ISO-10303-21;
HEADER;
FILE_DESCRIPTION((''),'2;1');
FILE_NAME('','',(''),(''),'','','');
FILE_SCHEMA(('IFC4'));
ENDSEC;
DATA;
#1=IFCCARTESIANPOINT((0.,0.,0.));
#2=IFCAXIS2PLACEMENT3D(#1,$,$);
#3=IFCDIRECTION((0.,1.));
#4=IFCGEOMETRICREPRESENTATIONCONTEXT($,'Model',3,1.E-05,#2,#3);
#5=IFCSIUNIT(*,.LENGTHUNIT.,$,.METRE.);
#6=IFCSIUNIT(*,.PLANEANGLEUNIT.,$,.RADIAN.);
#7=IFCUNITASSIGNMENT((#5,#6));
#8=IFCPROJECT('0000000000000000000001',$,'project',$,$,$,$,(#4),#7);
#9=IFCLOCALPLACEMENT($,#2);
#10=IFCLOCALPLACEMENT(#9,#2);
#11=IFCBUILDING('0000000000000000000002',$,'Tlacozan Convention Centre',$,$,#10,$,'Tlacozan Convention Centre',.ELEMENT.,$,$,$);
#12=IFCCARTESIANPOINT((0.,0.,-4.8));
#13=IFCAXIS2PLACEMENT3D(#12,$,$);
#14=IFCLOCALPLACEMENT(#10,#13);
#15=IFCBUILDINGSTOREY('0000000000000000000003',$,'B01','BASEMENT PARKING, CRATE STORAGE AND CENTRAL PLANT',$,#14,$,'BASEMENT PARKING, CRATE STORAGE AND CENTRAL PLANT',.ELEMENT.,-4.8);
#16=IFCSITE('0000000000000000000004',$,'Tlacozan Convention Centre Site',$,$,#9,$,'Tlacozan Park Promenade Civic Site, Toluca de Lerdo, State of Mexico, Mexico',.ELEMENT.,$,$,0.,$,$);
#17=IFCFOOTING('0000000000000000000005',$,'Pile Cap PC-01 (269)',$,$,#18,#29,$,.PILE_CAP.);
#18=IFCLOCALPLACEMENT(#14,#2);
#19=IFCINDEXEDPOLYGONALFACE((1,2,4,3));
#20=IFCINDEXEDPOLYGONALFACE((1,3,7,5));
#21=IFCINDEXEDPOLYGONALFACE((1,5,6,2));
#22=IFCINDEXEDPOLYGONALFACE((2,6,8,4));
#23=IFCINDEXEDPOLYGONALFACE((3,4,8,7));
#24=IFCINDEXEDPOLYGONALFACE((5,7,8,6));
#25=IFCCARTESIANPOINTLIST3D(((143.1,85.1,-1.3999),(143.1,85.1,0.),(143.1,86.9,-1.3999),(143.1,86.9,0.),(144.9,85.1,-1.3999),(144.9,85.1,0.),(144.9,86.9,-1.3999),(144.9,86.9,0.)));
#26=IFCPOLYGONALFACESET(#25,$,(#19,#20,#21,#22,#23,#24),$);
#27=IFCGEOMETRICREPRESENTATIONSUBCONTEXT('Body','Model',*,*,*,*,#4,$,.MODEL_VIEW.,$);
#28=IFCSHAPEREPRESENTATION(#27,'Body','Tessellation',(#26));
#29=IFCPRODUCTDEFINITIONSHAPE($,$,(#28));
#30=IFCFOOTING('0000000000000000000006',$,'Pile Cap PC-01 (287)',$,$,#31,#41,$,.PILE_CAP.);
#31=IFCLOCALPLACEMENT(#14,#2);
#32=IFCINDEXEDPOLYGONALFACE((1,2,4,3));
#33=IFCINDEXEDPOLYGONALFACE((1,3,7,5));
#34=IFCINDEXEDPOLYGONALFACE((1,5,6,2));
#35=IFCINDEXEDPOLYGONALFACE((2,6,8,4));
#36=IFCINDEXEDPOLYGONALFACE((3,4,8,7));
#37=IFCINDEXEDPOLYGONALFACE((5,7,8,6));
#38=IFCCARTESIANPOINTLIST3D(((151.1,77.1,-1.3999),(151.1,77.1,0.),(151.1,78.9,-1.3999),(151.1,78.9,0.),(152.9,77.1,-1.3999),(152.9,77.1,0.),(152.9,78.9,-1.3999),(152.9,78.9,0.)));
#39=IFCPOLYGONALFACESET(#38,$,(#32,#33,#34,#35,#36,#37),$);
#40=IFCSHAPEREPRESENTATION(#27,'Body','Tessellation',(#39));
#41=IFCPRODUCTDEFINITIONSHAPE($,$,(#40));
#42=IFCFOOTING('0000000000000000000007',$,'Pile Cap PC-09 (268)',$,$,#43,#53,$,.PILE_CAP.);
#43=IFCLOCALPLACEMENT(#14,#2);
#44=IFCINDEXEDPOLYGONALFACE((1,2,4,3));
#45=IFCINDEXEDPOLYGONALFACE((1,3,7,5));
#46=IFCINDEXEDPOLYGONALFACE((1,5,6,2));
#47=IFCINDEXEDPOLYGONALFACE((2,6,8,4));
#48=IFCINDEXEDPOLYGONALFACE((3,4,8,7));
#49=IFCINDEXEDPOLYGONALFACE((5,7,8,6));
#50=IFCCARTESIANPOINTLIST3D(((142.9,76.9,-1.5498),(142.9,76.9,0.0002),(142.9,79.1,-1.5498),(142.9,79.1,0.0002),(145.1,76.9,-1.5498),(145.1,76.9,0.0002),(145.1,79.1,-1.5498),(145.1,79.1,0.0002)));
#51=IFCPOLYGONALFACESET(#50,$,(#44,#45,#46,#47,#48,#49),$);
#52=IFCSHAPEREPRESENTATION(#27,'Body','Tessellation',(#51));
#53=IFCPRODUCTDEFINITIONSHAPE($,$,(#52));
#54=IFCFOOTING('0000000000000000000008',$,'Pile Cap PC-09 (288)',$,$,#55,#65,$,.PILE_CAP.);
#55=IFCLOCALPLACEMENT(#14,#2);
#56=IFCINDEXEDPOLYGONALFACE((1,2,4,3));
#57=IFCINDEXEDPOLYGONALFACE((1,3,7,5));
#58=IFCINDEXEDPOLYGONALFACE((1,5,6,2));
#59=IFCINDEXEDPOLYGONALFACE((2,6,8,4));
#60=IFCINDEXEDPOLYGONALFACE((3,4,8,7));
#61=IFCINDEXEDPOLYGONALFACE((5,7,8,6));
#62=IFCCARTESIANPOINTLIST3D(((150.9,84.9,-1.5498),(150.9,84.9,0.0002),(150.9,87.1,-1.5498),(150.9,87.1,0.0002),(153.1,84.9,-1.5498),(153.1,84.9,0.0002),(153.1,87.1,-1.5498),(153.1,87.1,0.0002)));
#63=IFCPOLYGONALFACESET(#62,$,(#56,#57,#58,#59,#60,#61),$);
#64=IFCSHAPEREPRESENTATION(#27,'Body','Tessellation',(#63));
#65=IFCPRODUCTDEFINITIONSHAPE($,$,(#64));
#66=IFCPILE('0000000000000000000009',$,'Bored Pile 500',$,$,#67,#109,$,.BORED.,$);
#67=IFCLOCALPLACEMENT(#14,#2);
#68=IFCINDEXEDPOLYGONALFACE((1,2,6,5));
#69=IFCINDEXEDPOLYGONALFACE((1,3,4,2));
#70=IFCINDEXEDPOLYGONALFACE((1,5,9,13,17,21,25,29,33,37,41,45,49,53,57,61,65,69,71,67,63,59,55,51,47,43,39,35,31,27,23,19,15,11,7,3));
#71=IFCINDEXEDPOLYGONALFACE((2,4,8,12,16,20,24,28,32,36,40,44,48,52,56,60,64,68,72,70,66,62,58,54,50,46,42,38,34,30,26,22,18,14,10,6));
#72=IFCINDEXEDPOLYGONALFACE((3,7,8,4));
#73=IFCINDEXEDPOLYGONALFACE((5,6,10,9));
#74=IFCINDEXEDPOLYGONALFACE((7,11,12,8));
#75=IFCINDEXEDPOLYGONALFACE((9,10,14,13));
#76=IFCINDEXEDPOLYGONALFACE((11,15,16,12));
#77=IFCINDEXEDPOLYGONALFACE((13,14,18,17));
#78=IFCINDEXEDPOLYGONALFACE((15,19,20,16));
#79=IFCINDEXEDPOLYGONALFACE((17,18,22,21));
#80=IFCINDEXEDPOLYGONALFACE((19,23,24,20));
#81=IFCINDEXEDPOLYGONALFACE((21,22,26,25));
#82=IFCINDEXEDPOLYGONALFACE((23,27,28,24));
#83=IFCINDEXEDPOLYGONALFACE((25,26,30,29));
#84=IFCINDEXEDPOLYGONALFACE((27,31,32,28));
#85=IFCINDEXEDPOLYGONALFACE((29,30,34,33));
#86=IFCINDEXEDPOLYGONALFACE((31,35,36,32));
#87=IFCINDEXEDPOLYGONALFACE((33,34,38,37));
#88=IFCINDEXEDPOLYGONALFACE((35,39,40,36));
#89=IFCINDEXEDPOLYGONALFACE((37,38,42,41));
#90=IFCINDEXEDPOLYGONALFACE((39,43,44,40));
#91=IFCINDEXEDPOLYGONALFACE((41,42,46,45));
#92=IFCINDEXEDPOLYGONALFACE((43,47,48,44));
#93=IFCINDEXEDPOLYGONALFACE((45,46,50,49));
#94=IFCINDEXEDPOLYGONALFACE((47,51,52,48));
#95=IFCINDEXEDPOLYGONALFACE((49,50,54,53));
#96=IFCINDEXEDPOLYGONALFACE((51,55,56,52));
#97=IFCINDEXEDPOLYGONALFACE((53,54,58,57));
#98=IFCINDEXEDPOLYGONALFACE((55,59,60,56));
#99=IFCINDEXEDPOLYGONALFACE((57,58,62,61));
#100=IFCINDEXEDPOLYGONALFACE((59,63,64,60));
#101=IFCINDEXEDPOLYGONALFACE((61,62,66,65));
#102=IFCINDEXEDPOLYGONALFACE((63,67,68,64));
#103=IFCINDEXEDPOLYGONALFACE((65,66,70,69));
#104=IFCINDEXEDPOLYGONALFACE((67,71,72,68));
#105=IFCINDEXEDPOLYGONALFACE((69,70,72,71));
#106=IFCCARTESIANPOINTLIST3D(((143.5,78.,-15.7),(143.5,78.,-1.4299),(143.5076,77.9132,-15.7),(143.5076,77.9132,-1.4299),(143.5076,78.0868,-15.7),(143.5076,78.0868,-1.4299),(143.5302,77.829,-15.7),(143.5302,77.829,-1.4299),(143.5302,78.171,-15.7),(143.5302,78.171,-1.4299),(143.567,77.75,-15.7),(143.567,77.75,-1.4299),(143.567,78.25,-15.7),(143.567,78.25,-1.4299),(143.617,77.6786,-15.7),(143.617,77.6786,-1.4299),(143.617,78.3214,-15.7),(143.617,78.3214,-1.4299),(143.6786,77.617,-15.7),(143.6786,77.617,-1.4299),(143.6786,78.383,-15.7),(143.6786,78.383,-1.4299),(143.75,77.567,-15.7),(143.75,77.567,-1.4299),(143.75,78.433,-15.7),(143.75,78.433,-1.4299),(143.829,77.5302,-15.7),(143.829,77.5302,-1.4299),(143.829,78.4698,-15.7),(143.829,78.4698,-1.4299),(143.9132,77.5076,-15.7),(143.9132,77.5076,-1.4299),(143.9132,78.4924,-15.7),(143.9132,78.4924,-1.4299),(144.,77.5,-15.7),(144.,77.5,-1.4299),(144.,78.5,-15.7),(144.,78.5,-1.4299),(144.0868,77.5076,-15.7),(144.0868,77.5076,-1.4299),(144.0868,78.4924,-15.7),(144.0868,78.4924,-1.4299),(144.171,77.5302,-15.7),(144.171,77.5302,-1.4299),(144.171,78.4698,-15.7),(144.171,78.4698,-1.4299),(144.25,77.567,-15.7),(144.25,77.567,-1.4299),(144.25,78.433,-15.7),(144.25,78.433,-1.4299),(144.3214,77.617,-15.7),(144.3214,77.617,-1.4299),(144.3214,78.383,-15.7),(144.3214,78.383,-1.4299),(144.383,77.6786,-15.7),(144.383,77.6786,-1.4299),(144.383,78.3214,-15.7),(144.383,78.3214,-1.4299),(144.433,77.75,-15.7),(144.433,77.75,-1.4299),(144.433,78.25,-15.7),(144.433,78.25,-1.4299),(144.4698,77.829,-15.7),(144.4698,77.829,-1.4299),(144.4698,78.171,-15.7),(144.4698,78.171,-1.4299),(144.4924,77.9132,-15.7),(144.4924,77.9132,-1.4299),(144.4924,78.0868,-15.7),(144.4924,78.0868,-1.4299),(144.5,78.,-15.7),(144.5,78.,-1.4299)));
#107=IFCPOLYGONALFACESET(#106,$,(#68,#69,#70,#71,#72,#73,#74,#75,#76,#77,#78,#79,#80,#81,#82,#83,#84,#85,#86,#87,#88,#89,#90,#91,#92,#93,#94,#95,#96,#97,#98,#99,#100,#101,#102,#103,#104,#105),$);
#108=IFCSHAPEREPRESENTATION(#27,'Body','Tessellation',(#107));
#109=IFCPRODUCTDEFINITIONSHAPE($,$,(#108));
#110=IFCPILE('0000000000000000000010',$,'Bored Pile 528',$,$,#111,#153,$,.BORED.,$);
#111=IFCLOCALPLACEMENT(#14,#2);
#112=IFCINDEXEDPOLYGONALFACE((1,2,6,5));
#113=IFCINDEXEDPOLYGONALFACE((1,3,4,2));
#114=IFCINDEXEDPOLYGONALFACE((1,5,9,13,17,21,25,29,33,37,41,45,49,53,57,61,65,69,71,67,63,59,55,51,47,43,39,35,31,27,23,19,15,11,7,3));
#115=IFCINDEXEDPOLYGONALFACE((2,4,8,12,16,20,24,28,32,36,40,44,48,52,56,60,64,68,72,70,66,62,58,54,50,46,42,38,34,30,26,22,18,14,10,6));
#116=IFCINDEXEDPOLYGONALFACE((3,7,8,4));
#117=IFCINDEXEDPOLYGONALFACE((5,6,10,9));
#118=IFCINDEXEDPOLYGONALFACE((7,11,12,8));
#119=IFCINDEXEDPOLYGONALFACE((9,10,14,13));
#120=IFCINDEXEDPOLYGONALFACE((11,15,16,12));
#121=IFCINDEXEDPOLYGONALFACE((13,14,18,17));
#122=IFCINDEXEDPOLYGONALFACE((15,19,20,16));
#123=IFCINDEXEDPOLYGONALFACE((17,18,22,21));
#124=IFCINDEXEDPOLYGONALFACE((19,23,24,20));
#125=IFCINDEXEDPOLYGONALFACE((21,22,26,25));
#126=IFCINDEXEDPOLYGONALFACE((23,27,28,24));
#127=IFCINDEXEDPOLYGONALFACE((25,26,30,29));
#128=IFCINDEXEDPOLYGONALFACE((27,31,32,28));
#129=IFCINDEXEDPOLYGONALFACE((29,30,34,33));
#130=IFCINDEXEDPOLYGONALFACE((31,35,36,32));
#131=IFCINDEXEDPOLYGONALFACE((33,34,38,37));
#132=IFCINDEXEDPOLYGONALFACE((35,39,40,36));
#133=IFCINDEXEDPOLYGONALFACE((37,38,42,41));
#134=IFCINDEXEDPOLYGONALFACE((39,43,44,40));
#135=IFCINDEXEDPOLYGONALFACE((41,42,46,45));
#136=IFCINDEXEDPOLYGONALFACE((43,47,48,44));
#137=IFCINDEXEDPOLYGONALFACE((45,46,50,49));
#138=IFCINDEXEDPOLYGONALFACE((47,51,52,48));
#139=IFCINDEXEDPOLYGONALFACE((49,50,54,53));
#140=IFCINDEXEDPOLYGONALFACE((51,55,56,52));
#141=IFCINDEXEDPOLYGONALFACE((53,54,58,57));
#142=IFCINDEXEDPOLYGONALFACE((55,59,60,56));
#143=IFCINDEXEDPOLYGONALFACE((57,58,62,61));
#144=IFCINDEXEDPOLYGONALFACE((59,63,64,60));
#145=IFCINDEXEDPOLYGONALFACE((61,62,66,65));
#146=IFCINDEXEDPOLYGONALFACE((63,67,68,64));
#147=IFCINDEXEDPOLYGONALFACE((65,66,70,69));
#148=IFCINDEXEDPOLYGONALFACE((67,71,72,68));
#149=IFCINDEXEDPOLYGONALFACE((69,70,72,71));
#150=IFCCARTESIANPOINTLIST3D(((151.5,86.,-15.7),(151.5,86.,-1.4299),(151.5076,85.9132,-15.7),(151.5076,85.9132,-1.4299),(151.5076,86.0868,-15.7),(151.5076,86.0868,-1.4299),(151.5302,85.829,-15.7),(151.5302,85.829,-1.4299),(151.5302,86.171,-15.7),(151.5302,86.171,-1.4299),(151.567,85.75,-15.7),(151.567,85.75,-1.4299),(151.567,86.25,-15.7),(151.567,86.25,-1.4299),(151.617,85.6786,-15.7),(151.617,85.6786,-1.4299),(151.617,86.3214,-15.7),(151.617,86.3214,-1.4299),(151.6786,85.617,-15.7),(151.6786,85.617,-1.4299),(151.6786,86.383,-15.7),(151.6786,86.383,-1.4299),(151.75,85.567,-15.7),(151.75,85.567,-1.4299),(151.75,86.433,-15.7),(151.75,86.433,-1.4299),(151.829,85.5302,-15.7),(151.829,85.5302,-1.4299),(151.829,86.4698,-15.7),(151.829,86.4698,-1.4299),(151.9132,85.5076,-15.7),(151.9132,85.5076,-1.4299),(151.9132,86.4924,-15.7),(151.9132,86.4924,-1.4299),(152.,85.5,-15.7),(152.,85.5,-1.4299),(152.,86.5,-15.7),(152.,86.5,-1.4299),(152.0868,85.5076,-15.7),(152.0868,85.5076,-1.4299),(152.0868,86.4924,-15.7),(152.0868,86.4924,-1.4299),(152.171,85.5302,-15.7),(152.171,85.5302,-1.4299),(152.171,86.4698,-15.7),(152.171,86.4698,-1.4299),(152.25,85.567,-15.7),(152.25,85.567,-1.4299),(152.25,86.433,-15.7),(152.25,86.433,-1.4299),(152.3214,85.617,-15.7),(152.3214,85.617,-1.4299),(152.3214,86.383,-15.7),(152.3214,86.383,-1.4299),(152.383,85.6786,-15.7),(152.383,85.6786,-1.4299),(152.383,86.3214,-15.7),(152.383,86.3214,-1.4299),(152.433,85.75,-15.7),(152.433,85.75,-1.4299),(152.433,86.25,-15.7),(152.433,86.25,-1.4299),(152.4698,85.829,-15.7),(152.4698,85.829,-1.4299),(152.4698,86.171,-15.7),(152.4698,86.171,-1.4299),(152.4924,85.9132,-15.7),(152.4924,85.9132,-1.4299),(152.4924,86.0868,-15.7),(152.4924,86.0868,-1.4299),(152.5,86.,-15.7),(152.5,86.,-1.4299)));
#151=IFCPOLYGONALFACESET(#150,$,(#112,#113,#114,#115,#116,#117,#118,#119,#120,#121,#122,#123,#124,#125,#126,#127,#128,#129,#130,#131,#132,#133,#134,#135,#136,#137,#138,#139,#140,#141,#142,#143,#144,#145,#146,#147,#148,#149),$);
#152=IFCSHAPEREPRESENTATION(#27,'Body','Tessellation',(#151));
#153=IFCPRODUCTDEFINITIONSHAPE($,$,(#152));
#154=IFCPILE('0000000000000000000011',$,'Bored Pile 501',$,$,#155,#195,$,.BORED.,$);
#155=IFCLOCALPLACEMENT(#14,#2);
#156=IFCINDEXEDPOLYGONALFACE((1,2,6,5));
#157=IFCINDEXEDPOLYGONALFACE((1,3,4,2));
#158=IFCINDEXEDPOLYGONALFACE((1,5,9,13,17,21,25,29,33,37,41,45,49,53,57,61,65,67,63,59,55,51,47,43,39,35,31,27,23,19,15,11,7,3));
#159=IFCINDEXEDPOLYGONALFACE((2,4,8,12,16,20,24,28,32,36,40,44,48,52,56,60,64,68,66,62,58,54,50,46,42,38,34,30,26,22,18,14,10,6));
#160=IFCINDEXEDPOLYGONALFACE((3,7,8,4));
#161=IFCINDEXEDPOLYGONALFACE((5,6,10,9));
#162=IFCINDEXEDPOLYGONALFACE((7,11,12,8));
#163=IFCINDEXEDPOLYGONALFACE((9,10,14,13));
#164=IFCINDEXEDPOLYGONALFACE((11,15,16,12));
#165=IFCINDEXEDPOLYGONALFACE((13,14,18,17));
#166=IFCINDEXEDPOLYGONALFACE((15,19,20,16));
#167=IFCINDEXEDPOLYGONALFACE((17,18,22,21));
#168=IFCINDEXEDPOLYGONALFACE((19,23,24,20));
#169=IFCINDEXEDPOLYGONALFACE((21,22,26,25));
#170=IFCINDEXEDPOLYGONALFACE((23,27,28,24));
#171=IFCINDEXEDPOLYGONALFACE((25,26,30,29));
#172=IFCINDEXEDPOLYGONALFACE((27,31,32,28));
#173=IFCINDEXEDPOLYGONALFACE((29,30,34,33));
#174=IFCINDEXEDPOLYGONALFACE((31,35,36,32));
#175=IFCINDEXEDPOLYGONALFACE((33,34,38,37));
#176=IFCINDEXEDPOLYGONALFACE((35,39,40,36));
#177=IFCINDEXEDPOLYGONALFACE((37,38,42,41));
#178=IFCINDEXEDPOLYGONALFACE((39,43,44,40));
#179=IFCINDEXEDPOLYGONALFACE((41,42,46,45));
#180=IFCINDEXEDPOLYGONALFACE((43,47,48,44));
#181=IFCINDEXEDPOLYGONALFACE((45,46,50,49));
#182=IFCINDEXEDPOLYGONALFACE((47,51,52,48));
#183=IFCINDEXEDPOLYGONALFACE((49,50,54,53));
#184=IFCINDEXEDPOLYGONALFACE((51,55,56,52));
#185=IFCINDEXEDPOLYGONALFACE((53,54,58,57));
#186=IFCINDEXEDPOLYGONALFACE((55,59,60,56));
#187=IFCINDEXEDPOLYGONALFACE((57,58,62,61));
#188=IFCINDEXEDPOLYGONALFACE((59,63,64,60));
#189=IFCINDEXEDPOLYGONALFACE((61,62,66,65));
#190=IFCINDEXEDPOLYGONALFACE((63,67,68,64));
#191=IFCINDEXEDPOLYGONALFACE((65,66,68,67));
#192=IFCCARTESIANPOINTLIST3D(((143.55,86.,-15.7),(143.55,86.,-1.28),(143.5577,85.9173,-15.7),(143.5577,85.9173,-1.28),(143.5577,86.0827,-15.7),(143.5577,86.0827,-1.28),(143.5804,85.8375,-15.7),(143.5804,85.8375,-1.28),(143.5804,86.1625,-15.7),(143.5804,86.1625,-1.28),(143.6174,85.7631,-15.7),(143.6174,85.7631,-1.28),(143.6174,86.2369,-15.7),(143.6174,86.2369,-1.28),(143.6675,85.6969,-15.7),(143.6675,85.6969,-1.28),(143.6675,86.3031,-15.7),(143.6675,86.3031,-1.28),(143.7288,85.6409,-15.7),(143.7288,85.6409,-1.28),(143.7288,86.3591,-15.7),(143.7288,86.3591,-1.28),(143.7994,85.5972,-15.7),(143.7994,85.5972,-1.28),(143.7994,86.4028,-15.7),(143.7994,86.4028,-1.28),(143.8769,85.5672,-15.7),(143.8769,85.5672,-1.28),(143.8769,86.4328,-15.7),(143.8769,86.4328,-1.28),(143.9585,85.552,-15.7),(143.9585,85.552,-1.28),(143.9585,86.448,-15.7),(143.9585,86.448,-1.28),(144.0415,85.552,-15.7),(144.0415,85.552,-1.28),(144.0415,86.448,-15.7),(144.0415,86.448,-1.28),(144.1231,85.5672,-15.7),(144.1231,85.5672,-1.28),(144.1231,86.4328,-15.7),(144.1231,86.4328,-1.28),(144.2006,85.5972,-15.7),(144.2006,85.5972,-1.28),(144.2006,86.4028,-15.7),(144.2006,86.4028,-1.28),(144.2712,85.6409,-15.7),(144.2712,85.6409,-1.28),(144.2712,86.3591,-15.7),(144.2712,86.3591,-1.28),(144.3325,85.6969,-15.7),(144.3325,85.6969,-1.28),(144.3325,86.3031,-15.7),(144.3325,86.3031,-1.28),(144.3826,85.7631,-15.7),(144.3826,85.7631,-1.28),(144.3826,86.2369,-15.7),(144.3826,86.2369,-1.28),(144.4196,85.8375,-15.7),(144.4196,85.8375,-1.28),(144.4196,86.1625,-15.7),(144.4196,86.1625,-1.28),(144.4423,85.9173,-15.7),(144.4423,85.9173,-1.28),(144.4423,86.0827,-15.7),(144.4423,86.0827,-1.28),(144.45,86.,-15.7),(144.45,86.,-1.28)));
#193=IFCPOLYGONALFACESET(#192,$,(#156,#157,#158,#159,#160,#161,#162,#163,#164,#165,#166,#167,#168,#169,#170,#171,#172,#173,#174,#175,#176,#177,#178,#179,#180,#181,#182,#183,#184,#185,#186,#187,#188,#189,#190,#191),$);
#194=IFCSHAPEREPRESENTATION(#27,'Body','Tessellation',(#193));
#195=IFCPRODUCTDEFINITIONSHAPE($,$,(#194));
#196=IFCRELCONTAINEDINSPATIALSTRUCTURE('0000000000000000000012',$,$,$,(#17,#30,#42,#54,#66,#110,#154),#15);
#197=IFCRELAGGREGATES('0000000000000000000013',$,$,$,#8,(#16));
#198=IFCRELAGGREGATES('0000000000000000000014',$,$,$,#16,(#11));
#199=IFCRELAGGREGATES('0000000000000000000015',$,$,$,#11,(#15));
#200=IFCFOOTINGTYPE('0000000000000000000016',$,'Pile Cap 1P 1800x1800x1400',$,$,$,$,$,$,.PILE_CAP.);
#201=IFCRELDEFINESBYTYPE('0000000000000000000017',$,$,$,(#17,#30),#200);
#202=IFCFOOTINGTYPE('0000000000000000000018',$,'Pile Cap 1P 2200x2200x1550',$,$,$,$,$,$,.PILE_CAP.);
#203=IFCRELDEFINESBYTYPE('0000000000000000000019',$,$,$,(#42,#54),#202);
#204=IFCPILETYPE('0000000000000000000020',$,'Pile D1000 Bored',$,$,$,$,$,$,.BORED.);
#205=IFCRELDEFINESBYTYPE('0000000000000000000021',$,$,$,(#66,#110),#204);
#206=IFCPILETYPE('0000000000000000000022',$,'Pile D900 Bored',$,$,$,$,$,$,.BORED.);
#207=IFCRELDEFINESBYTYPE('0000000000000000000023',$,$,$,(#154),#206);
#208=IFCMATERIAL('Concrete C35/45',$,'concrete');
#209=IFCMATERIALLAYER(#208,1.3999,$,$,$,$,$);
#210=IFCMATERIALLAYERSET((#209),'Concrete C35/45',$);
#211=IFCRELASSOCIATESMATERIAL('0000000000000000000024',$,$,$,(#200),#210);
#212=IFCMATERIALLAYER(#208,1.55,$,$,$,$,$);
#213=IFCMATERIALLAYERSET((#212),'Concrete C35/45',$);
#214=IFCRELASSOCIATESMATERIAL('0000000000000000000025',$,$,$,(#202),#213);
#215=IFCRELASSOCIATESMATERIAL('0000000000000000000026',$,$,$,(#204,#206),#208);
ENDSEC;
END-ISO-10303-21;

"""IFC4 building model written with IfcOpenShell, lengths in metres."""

from ifc_helpers import new_model, si_unit, direction, frame, origin, origin_2d, place, context, subcontext, project, spatial, rectangle, circle, extrude, material, layer, layer_set, material_profile, profile_set, type_object, element, save


model = new_model("IFC4")

# Units and contexts
model_context = context("Model", 3, precision=1e-05, world=origin(), true_north=direction((0.0, 1.0)))
body_context = subcontext(model_context, "Body", "Model", "MODEL_VIEW")
ifc_project = project(units=[si_unit("LENGTHUNIT", "METRE"), si_unit("PLANEANGLEUNIT", "RADIAN")], contexts=[model_context])

# Site, building, storey
site_placement = place(None, origin())
site = spatial("IfcSite", under=ifc_project, at=site_placement, Name="Tlacozan Convention Centre Site", LongName="Tlacozan Park Promenade Civic Site, Toluca de Lerdo, State of Mexico, Mexico", CompositionType="ELEMENT", RefElevation=0.0)
building_placement = place(site_placement, origin())
building = spatial("IfcBuilding", under=site, at=building_placement, Name="Tlacozan Convention Centre", LongName="Tlacozan Convention Centre", CompositionType="ELEMENT")
storey_placement = place(building_placement, frame((0.0, 0.0, -4.8)))
storey = spatial("IfcBuildingStorey", under=building, at=storey_placement, Name="B01", Description="BASEMENT PARKING, CRATE STORAGE AND CENTRAL PLANT", LongName="BASEMENT PARKING, CRATE STORAGE AND CENTRAL PLANT", CompositionType="ELEMENT", Elevation=-4.8)

# Footings
ifc_material_1 = material(Name="Concrete C35/45", Category="concrete")
ifc_layer_1 = layer(ifc_material_1, 1.3999)
ifc_layer_set_1 = layer_set([ifc_layer_1], Name="Concrete C35/45")
footing_type_1 = type_object("IfcFootingType", Name="Pile Cap 1P 1800x1800x1400", PredefinedType="PILE_CAP", material=ifc_layer_set_1)
for number, where, z_axis, x_axis, name in (
    (1, (144.0, 86.0, -1.3999), (0.0, 0.0, 1.0), (1.0, 0.0, 0.0), "Pile Cap PC-01 (269)"),
    (2, (152.0, 78.0, -1.3999), (0.0, 0.0, 1.0), (1.0, 0.0, 0.0), "Pile Cap PC-01 (287)"),
):
    element("IfcFooting", number, at=place(storey_placement, frame(where, z_axis=z_axis, x_axis=x_axis)), inside=storey, type_object=footing_type_1, Name=name, PredefinedType="PILE_CAP", context=body_context, shape_type="SweptSolid", body=[
        extrude(rectangle(XDim=1.8, YDim=1.8, at=origin_2d()), origin(), (0.0, 0.0, 1.0), 1.3999),
    ])
ifc_layer_2 = layer(ifc_material_1, 1.55)
ifc_layer_set_2 = layer_set([ifc_layer_2], Name="Concrete C35/45")
footing_type_2 = type_object("IfcFootingType", Name="Pile Cap 1P 2200x2200x1550", PredefinedType="PILE_CAP", material=ifc_layer_set_2)
for number, where, z_axis, x_axis, name in (
    (3, (144.0, 78.0, -1.5498), (0.0, 0.0, 1.0), (1.0, 0.0, 0.0), "Pile Cap PC-09 (268)"),
    (4, (152.0, 86.0, -1.5498), (0.0, 0.0, 1.0), (1.0, 0.0, 0.0), "Pile Cap PC-09 (288)"),
):
    element("IfcFooting", number, at=place(storey_placement, frame(where, z_axis=z_axis, x_axis=x_axis)), inside=storey, type_object=footing_type_2, Name=name, PredefinedType="PILE_CAP", context=body_context, shape_type="SweptSolid", body=[
        extrude(rectangle(XDim=2.2, YDim=2.2, at=origin_2d()), origin(), (0.0, 0.0, 1.0), 1.55),
    ])

# Piles
ifc_material_profile_1 = material_profile(ifc_material_1, circle(Radius=0.5, at=origin_2d()), Name="PILE D1000")
ifc_profile_set_1 = profile_set([ifc_material_profile_1], Name="Concrete C35/45")
pile_type_1 = type_object("IfcPileType", Name="Pile D1000 Bored", PredefinedType="BORED", material=ifc_profile_set_1)
for number, where, z_axis, x_axis, name in (
    (5, (144.0, 78.0, -1.4299), (0.0, 0.0, -1.0), (1.0, 0.0, 0.0), "Bored Pile 500"),
    (6, (152.0, 86.0, -1.4299), (0.0, 0.0, -1.0), (1.0, 0.0, 0.0), "Bored Pile 528"),
):
    element("IfcPile", number, at=place(storey_placement, frame(where, z_axis=z_axis, x_axis=x_axis)), inside=storey, type_object=pile_type_1, Name=name, PredefinedType="BORED", context=body_context, shape_type="SweptSolid", body=[
        extrude(circle(Radius=0.5, at=origin_2d()), origin(), (0.0, 0.0, 1.0), 14.27),
    ])
ifc_material_profile_2 = material_profile(ifc_material_1, circle(Radius=0.45, at=origin_2d()), Name="PILE D900")
ifc_profile_set_2 = profile_set([ifc_material_profile_2], Name="Concrete C35/45")
pile_type_2 = type_object("IfcPileType", Name="Pile D900 Bored", PredefinedType="BORED", material=ifc_profile_set_2)
for number, where, z_axis, x_axis, name in (
    (7, (144.0, 86.0, -1.28), (0.0, 0.0, -1.0), (1.0, 0.0, 0.0), "Bored Pile 501"),
):
    element("IfcPile", number, at=place(storey_placement, frame(where, z_axis=z_axis, x_axis=x_axis)), inside=storey, type_object=pile_type_2, Name=name, PredefinedType="BORED", context=body_context, shape_type="SweptSolid", body=[
        extrude(circle(Radius=0.45, at=origin_2d()), origin(), (0.0, 0.0, 1.0), 14.4199),
    ])

save(model, "model.ifc")
